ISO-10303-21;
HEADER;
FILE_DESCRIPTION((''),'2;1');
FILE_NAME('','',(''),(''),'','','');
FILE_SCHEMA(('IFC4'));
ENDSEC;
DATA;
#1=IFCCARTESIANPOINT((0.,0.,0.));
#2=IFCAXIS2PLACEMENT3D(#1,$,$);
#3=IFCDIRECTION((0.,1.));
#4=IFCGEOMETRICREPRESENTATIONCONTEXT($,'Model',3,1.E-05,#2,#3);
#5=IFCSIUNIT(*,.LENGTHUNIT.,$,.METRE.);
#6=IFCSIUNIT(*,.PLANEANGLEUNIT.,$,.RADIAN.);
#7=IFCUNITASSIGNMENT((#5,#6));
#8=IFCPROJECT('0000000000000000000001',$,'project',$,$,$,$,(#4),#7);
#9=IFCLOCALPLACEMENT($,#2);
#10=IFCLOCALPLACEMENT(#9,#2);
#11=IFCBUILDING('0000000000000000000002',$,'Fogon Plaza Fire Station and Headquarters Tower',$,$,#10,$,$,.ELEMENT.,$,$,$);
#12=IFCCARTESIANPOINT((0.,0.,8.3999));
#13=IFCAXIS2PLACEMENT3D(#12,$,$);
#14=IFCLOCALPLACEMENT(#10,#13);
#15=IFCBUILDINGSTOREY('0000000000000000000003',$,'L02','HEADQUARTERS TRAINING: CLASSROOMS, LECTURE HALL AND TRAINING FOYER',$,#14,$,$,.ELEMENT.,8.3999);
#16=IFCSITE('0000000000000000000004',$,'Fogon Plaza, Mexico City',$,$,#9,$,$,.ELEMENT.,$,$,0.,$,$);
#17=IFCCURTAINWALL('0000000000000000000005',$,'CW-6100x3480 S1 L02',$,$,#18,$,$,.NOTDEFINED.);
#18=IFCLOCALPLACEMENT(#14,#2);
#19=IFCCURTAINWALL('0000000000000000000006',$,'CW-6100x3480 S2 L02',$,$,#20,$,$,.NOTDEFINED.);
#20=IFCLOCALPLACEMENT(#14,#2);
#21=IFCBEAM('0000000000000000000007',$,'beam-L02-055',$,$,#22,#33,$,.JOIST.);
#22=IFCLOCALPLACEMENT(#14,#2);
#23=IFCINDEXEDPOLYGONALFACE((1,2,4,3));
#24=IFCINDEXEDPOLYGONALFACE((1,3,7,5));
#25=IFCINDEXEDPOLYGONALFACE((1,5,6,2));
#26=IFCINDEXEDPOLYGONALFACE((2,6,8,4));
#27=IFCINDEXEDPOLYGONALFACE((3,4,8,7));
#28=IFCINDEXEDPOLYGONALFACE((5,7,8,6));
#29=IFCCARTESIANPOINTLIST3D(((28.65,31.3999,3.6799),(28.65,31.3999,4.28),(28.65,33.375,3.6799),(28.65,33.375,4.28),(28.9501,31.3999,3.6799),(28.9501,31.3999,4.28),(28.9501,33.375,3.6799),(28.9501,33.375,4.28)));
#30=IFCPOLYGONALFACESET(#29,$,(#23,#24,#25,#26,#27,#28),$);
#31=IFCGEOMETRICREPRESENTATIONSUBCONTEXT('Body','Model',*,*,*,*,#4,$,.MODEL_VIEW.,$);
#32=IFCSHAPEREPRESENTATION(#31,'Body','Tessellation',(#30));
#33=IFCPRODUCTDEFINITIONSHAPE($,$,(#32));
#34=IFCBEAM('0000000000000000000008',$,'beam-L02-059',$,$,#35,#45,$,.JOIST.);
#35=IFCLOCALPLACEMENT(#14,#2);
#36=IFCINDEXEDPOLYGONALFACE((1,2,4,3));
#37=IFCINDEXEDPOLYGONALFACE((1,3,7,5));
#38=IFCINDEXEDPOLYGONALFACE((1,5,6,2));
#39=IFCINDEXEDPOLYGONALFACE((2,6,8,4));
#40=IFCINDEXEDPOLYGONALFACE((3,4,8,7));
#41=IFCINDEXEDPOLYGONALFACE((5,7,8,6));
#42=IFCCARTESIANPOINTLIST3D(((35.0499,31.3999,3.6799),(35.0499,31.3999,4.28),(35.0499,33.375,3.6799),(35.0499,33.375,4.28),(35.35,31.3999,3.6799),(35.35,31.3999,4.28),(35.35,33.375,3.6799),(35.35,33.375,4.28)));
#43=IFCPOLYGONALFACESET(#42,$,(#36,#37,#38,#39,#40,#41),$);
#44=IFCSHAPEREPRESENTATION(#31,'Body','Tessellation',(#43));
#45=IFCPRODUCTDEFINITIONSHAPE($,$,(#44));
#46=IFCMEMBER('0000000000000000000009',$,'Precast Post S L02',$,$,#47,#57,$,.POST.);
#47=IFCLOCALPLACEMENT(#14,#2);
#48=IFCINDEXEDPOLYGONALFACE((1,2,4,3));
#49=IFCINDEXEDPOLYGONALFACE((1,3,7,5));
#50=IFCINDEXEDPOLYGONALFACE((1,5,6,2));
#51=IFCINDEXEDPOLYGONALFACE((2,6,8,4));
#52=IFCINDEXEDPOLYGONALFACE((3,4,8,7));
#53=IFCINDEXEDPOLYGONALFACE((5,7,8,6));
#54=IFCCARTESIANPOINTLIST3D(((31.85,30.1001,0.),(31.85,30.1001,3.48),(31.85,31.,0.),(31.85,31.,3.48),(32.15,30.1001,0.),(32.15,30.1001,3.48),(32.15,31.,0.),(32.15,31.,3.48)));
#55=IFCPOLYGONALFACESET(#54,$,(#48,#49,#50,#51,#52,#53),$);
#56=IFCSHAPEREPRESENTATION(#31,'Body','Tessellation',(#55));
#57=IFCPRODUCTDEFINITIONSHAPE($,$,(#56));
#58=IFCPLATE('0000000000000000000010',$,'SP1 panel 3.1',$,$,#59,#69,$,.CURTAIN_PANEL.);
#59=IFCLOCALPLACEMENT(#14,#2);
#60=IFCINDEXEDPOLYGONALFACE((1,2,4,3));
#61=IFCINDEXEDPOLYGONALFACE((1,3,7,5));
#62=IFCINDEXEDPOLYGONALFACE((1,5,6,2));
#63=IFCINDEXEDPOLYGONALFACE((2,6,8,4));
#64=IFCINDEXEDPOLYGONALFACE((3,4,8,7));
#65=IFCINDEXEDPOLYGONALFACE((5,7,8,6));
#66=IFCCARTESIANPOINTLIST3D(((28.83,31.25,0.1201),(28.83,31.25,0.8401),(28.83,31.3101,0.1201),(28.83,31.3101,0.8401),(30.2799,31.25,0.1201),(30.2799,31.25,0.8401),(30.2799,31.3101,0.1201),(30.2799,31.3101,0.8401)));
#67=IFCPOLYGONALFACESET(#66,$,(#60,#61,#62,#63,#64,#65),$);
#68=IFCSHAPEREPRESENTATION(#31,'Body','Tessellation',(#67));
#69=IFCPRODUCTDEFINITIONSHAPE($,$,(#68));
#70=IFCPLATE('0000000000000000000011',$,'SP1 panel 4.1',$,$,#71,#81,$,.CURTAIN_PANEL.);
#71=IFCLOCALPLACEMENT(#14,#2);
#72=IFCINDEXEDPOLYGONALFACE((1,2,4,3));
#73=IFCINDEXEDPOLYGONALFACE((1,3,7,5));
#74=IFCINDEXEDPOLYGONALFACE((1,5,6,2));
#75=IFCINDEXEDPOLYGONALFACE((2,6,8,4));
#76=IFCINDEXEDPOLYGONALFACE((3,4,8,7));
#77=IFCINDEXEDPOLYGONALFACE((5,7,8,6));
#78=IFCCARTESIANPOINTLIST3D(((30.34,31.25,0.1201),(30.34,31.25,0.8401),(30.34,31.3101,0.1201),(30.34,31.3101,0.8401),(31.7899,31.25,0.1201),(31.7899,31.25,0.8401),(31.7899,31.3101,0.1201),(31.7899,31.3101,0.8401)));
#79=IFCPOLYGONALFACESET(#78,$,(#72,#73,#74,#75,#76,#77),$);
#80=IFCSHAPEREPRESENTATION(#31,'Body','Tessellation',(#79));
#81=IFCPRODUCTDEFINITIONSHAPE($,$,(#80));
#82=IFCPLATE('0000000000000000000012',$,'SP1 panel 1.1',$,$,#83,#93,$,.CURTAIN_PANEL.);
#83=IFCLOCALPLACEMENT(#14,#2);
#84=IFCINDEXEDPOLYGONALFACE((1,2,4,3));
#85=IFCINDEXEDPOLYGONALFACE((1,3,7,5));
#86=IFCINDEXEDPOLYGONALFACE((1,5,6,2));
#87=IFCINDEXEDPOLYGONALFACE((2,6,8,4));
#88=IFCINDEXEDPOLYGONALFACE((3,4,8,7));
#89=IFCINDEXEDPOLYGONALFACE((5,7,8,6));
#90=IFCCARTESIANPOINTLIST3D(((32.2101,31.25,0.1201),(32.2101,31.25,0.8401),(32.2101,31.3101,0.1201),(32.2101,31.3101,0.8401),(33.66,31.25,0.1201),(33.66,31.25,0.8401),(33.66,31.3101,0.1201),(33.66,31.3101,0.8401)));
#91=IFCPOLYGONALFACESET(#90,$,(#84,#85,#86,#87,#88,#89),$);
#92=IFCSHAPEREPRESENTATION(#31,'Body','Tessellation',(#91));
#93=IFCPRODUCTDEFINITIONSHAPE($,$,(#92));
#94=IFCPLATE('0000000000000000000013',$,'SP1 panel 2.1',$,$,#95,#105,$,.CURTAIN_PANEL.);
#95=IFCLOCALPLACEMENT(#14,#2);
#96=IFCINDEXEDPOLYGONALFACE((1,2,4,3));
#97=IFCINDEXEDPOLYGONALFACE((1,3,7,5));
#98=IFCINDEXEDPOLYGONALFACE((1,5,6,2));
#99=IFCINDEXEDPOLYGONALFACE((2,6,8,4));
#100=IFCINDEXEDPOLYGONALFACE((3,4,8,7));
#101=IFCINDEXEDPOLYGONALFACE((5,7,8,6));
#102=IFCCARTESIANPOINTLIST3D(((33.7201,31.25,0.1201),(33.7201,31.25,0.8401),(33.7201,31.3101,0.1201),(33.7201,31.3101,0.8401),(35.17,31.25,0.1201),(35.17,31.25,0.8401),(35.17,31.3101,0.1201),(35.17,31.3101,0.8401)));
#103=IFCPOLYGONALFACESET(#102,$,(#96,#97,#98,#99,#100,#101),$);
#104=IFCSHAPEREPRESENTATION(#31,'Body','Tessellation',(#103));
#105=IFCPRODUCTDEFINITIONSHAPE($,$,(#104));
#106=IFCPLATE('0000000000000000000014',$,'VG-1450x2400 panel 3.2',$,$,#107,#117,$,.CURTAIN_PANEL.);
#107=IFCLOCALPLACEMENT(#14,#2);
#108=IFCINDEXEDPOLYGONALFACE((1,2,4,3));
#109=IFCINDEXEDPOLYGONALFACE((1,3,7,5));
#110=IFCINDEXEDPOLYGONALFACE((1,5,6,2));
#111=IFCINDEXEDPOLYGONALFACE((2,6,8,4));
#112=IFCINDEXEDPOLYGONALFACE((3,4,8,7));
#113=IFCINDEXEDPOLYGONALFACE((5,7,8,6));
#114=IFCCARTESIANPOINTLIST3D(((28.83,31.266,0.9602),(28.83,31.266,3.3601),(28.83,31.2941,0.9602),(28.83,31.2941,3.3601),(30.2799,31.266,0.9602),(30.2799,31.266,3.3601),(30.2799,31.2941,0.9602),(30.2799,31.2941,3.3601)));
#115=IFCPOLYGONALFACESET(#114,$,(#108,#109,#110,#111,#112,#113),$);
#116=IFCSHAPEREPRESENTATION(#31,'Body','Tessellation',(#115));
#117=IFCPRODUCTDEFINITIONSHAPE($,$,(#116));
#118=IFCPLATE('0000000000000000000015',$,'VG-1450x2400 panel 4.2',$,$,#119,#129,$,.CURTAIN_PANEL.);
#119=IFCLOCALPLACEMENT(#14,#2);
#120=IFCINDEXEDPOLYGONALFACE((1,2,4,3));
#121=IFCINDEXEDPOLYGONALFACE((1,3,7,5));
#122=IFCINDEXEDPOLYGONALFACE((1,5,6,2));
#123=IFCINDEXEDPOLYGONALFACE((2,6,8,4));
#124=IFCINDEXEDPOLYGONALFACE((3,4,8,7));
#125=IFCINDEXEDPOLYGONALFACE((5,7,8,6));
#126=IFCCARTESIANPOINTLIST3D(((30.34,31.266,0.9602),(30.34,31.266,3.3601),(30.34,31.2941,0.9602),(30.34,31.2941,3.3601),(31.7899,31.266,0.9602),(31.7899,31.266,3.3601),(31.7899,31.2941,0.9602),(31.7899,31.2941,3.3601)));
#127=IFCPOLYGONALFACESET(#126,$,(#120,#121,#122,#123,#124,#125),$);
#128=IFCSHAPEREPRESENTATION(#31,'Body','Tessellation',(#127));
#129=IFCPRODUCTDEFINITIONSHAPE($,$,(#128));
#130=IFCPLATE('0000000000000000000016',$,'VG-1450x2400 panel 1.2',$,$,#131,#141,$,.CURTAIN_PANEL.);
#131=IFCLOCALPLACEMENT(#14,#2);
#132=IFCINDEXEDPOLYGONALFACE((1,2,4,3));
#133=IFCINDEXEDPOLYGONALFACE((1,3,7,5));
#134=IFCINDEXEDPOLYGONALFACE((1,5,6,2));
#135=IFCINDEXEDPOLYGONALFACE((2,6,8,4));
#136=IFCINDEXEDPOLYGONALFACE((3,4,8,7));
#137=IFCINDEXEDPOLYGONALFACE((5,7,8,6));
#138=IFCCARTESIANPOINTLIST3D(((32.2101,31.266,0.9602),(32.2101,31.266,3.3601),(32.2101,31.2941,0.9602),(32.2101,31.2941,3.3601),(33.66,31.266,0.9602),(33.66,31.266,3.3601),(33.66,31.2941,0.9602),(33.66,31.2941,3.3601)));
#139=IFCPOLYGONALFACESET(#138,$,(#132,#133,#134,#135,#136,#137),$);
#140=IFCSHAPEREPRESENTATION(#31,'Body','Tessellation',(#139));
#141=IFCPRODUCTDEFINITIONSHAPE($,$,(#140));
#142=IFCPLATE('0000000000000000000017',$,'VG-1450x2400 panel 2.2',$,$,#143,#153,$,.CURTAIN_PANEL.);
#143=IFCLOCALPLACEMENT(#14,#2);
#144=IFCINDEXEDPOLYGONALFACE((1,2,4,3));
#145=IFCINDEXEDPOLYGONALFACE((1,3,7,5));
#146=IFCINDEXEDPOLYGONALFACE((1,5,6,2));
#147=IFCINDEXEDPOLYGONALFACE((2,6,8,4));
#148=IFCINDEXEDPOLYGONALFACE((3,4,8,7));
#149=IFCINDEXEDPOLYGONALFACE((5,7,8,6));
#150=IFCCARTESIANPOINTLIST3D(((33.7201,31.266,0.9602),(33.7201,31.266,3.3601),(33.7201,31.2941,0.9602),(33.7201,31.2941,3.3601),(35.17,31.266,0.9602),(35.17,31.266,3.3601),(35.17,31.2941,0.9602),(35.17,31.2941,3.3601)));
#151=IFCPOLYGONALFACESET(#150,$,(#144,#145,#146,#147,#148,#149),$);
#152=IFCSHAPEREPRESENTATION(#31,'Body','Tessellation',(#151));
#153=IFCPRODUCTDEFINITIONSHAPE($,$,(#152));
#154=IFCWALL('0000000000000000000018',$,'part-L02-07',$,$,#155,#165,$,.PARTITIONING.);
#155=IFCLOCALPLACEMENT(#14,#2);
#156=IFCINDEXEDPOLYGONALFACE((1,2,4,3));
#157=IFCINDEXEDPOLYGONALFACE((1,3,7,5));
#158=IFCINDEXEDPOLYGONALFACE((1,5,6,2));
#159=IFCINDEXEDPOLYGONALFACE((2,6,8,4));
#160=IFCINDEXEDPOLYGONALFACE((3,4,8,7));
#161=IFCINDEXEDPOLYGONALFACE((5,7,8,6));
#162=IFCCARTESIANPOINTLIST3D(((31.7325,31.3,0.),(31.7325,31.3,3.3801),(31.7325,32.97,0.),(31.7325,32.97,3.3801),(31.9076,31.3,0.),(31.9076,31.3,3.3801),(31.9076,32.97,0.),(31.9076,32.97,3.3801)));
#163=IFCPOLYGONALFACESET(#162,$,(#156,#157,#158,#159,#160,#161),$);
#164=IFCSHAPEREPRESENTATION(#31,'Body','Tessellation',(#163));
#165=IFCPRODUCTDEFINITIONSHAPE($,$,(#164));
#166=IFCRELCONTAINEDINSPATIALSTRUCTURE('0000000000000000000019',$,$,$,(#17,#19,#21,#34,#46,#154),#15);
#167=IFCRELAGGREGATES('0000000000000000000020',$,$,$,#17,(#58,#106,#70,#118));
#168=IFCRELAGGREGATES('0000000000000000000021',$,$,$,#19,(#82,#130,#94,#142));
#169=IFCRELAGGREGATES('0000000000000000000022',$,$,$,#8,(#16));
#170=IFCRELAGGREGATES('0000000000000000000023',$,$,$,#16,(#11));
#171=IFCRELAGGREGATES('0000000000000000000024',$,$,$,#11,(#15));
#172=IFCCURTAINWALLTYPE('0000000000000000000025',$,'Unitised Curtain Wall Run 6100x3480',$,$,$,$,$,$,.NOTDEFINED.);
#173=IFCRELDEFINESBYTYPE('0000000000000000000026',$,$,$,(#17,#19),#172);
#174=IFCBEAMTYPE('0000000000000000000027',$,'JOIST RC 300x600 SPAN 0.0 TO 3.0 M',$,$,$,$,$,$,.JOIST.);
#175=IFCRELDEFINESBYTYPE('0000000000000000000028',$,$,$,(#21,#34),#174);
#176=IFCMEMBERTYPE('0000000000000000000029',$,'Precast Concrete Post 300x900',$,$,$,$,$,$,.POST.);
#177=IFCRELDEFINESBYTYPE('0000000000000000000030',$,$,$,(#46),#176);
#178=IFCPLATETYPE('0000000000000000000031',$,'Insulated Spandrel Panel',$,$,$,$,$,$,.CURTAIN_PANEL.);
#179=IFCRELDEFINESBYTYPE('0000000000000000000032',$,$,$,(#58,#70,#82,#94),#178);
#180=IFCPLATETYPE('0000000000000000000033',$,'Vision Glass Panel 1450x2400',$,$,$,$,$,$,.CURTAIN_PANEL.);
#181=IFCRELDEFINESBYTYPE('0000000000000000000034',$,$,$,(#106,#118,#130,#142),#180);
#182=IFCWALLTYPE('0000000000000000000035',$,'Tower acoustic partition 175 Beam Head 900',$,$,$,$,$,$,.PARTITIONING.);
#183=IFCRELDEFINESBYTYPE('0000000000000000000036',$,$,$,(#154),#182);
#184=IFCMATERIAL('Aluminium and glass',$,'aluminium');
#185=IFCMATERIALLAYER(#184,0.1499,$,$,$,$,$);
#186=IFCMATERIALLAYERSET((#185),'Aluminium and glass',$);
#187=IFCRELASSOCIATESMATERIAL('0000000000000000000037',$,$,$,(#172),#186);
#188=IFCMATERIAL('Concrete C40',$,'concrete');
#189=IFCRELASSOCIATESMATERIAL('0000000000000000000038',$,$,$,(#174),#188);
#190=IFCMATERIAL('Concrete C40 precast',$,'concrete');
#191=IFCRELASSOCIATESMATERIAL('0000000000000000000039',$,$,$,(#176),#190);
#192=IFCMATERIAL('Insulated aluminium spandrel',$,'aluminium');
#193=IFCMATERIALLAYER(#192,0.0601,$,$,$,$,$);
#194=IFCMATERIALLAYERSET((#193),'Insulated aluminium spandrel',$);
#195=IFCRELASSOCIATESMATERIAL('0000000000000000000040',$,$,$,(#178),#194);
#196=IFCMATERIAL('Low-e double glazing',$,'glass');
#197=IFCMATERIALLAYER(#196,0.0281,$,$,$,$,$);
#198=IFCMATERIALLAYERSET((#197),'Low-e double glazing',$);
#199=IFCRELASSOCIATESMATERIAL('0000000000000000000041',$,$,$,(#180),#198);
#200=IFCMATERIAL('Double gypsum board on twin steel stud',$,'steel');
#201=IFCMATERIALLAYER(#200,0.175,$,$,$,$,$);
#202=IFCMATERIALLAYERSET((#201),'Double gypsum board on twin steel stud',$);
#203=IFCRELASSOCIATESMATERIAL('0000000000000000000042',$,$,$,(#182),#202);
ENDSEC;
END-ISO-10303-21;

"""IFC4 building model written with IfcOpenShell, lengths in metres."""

from ifc_helpers import new_model, si_unit, direction, frame, frame_2d, origin, origin_2d, place, context, subcontext, project, spatial, rectangle, extrude, material, layer, layer_set, material_profile, profile_set, type_object, element, aggregate, save


model = new_model("IFC4")

# Units and contexts
model_context = context("Model", 3, precision=1e-05, world=origin(), true_north=direction((0.0, 1.0)))
body_context = subcontext(model_context, "Body", "Model", "MODEL_VIEW")
ifc_project = project(units=[si_unit("LENGTHUNIT", "METRE"), si_unit("PLANEANGLEUNIT", "RADIAN")], contexts=[model_context])

# Site, building, storey
site_placement = place(None, origin())
site = spatial("IfcSite", under=ifc_project, at=site_placement, Name="Fogon Plaza, Mexico City", CompositionType="ELEMENT", RefElevation=0.0)
building_placement = place(site_placement, origin())
building = spatial("IfcBuilding", under=site, at=building_placement, Name="Fogon Plaza Fire Station and Headquarters Tower", CompositionType="ELEMENT")
storey_placement = place(building_placement, frame((0.0, 0.0, 8.3999)))
storey = spatial("IfcBuildingStorey", under=building, at=storey_placement, Name="L02", Description="HEADQUARTERS TRAINING: CLASSROOMS, LECTURE HALL AND TRAINING FOYER", CompositionType="ELEMENT", Elevation=8.3999)

# Curtain walls
ifc_material_1 = material(Name="Aluminium and glass", Category="aluminium")
ifc_layer_1 = layer(ifc_material_1, 0.1499)
ifc_layer_set_1 = layer_set([ifc_layer_1], Name="Aluminium and glass")
curtain_wall_type = type_object("IfcCurtainWallType", Name="Unitised Curtain Wall Run 6100x3480", PredefinedType="NOTDEFINED", material=ifc_layer_set_1)
curtain_wall_1_placement = place(storey_placement, origin())
curtain_wall_1 = element("IfcCurtainWall", 1, at=curtain_wall_1_placement, inside=storey, type_object=curtain_wall_type, Name="CW-6100x3480 S1 L02", PredefinedType="NOTDEFINED")
curtain_wall_2_placement = place(storey_placement, origin())
curtain_wall_2 = element("IfcCurtainWall", 2, at=curtain_wall_2_placement, inside=storey, type_object=curtain_wall_type, Name="CW-6100x3480 S2 L02", PredefinedType="NOTDEFINED")

# Beams
ifc_material_2 = material(Name="Concrete C40", Category="concrete")
ifc_material_profile_1 = material_profile(ifc_material_2, rectangle(XDim=0.3, YDim=0.6001, at=origin_2d()), Name="RC 300x600")
ifc_profile_set_1 = profile_set([ifc_material_profile_1], Name="Concrete C40")
beam_type_1 = type_object("IfcBeamType", Name="JOIST RC 300x600 SPAN 0.0 TO 3.0 M", PredefinedType="JOIST", material=ifc_profile_set_1)
for number, where, z_axis, x_axis, name in (
    (3, (28.8, 31.3999, 3.98), (0.0, 1.0, 0.0), (-1.0, 0.0, 0.0), "beam-L02-055"),
    (4, (35.2, 31.3999, 3.98), (0.0, 1.0, 0.0), (-1.0, 0.0, 0.0), "beam-L02-059"),
):
    element("IfcBeam", number, at=place(storey_placement, frame(where, z_axis=z_axis, x_axis=x_axis)), inside=storey, type_object=beam_type_1, Name=name, PredefinedType="JOIST", context=body_context, shape_type="SweptSolid", body=[
        extrude(rectangle(XDim=0.3, YDim=0.6001, at=origin_2d()), origin(), (0.0, 0.0, 1.0), 1.9751),
    ])

# Member
ifc_material_3 = material(Name="Concrete C40 precast", Category="concrete")
ifc_material_profile_2 = material_profile(ifc_material_3, rectangle(XDim=0.3, YDim=0.8999, at=origin_2d()), Name="Precast Concrete Post 300x900")
ifc_profile_set_2 = profile_set([ifc_material_profile_2], Name="Concrete C40 precast")
member_type_1 = type_object("IfcMemberType", Name="Precast Concrete Post 300x900", PredefinedType="POST", material=ifc_profile_set_2)
member_1_placement = place(storey_placement, frame((32.0, 30.55, 0.0), z_axis=(0.0, 0.0, 1.0), x_axis=(1.0, 0.0, 0.0)))
element("IfcMember", 5, at=member_1_placement, inside=storey, type_object=member_type_1, Name="Precast Post S L02", PredefinedType="POST", context=body_context, shape_type="SweptSolid", body=[
    extrude(rectangle(XDim=0.3, YDim=0.8999, at=origin_2d()), origin(), (0.0, 0.0, 1.0), 3.48),
])

# Plates
ifc_material_4 = material(Name="Insulated aluminium spandrel", Category="aluminium")
ifc_layer_2 = layer(ifc_material_4, 0.0601)
ifc_layer_set_2 = layer_set([ifc_layer_2], Name="Insulated aluminium spandrel")
plate_type_1 = type_object("IfcPlateType", Name="Insulated Spandrel Panel", PredefinedType="CURTAIN_PANEL", material=ifc_layer_set_2)
plate_1_placement = place(storey_placement, frame((29.5549, 31.28, 0.1201), z_axis=(0.0, 0.0, 1.0), x_axis=(1.0, 0.0, 0.0)))
plate_1 = element("IfcPlate", 6, at=plate_1_placement, type_object=plate_type_1, Name="SP1 panel 3.1", PredefinedType="CURTAIN_PANEL", context=body_context, shape_type="SweptSolid", body=[
    extrude(rectangle(XDim=1.45, YDim=0.0601, at=origin_2d()), origin(), (0.0, 0.0, 1.0), 0.72),
])
plate_2_placement = place(storey_placement, frame((31.0649, 31.28, 0.1201), z_axis=(0.0, 0.0, 1.0), x_axis=(1.0, 0.0, 0.0)))
plate_2 = element("IfcPlate", 7, at=plate_2_placement, type_object=plate_type_1, Name="SP1 panel 4.1", PredefinedType="CURTAIN_PANEL", context=body_context, shape_type="SweptSolid", body=[
    extrude(rectangle(XDim=1.45, YDim=0.0601, at=origin_2d()), origin(), (0.0, 0.0, 1.0), 0.72),
])
plate_3_placement = place(storey_placement, frame((32.9351, 31.28, 0.1201), z_axis=(0.0, 0.0, 1.0), x_axis=(1.0, 0.0, 0.0)))
plate_3 = element("IfcPlate", 8, at=plate_3_placement, type_object=plate_type_1, Name="SP1 panel 1.1", PredefinedType="CURTAIN_PANEL", context=body_context, shape_type="SweptSolid", body=[
    extrude(rectangle(XDim=1.45, YDim=0.0601, at=origin_2d()), origin(), (0.0, 0.0, 1.0), 0.72),
])
plate_4_placement = place(storey_placement, frame((34.4451, 31.28, 0.1201), z_axis=(0.0, 0.0, 1.0), x_axis=(1.0, 0.0, 0.0)))
plate_4 = element("IfcPlate", 9, at=plate_4_placement, type_object=plate_type_1, Name="SP1 panel 2.1", PredefinedType="CURTAIN_PANEL", context=body_context, shape_type="SweptSolid", body=[
    extrude(rectangle(XDim=1.45, YDim=0.0601, at=origin_2d()), origin(), (0.0, 0.0, 1.0), 0.72),
])
ifc_material_5 = material(Name="Low-e double glazing", Category="glass")
ifc_layer_3 = layer(ifc_material_5, 0.0281)
ifc_layer_set_3 = layer_set([ifc_layer_3], Name="Low-e double glazing")
plate_type_2 = type_object("IfcPlateType", Name="Vision Glass Panel 1450x2400", PredefinedType="CURTAIN_PANEL", material=ifc_layer_set_3)
plate_5_placement = place(storey_placement, frame((29.5549, 31.28, 0.9602), z_axis=(0.0, 0.0, 1.0), x_axis=(1.0, 0.0, 0.0)))
plate_5 = element("IfcPlate", 10, at=plate_5_placement, type_object=plate_type_2, Name="VG-1450x2400 panel 3.2", PredefinedType="CURTAIN_PANEL", context=body_context, shape_type="SweptSolid", body=[
    extrude(rectangle(XDim=1.45, YDim=0.0281, at=origin_2d()), origin(), (0.0, 0.0, 1.0), 2.3999),
])
plate_6_placement = place(storey_placement, frame((31.0649, 31.28, 0.9602), z_axis=(0.0, 0.0, 1.0), x_axis=(1.0, 0.0, 0.0)))
plate_6 = element("IfcPlate", 11, at=plate_6_placement, type_object=plate_type_2, Name="VG-1450x2400 panel 4.2", PredefinedType="CURTAIN_PANEL", context=body_context, shape_type="SweptSolid", body=[
    extrude(rectangle(XDim=1.45, YDim=0.0281, at=origin_2d()), origin(), (0.0, 0.0, 1.0), 2.3999),
])
aggregate(curtain_wall_1, [plate_1, plate_5, plate_2, plate_6])
plate_7_placement = place(storey_placement, frame((32.9351, 31.28, 0.9602), z_axis=(0.0, 0.0, 1.0), x_axis=(1.0, 0.0, 0.0)))
plate_7 = element("IfcPlate", 12, at=plate_7_placement, type_object=plate_type_2, Name="VG-1450x2400 panel 1.2", PredefinedType="CURTAIN_PANEL", context=body_context, shape_type="SweptSolid", body=[
    extrude(rectangle(XDim=1.45, YDim=0.0281, at=origin_2d()), origin(), (0.0, 0.0, 1.0), 2.3999),
])
plate_8_placement = place(storey_placement, frame((34.4451, 31.28, 0.9602), z_axis=(0.0, 0.0, 1.0), x_axis=(1.0, 0.0, 0.0)))
plate_8 = element("IfcPlate", 13, at=plate_8_placement, type_object=plate_type_2, Name="VG-1450x2400 panel 2.2", PredefinedType="CURTAIN_PANEL", context=body_context, shape_type="SweptSolid", body=[
    extrude(rectangle(XDim=1.45, YDim=0.0281, at=origin_2d()), origin(), (0.0, 0.0, 1.0), 2.3999),
])
aggregate(curtain_wall_2, [plate_3, plate_7, plate_4, plate_8])

# Wall
ifc_material_6 = material(Name="Double gypsum board on twin steel stud", Category="steel")
ifc_layer_4 = layer(ifc_material_6, 0.175)
ifc_layer_set_4 = layer_set([ifc_layer_4], Name="Double gypsum board on twin steel stud")
wall_type = type_object("IfcWallType", Name="Tower acoustic partition 175 Beam Head 900", PredefinedType="PARTITIONING", material=ifc_layer_set_4)
wall_placement = place(storey_placement, frame((31.8201, 31.3, 0.0), z_axis=(0.0, 0.0, 1.0), x_axis=(0.0, 1.0, 0.0)))
element("IfcWall", 14, at=wall_placement, inside=storey, type_object=wall_type, Name="part-L02-07", PredefinedType="PARTITIONING", context=body_context, shape_type="SweptSolid", body=[
    extrude(rectangle(XDim=1.6699, YDim=0.175, at=frame_2d((0.835, 0.0))), origin(), (0.0, 0.0, 1.0), 3.3801),
])

save(model, "model.ifc")
